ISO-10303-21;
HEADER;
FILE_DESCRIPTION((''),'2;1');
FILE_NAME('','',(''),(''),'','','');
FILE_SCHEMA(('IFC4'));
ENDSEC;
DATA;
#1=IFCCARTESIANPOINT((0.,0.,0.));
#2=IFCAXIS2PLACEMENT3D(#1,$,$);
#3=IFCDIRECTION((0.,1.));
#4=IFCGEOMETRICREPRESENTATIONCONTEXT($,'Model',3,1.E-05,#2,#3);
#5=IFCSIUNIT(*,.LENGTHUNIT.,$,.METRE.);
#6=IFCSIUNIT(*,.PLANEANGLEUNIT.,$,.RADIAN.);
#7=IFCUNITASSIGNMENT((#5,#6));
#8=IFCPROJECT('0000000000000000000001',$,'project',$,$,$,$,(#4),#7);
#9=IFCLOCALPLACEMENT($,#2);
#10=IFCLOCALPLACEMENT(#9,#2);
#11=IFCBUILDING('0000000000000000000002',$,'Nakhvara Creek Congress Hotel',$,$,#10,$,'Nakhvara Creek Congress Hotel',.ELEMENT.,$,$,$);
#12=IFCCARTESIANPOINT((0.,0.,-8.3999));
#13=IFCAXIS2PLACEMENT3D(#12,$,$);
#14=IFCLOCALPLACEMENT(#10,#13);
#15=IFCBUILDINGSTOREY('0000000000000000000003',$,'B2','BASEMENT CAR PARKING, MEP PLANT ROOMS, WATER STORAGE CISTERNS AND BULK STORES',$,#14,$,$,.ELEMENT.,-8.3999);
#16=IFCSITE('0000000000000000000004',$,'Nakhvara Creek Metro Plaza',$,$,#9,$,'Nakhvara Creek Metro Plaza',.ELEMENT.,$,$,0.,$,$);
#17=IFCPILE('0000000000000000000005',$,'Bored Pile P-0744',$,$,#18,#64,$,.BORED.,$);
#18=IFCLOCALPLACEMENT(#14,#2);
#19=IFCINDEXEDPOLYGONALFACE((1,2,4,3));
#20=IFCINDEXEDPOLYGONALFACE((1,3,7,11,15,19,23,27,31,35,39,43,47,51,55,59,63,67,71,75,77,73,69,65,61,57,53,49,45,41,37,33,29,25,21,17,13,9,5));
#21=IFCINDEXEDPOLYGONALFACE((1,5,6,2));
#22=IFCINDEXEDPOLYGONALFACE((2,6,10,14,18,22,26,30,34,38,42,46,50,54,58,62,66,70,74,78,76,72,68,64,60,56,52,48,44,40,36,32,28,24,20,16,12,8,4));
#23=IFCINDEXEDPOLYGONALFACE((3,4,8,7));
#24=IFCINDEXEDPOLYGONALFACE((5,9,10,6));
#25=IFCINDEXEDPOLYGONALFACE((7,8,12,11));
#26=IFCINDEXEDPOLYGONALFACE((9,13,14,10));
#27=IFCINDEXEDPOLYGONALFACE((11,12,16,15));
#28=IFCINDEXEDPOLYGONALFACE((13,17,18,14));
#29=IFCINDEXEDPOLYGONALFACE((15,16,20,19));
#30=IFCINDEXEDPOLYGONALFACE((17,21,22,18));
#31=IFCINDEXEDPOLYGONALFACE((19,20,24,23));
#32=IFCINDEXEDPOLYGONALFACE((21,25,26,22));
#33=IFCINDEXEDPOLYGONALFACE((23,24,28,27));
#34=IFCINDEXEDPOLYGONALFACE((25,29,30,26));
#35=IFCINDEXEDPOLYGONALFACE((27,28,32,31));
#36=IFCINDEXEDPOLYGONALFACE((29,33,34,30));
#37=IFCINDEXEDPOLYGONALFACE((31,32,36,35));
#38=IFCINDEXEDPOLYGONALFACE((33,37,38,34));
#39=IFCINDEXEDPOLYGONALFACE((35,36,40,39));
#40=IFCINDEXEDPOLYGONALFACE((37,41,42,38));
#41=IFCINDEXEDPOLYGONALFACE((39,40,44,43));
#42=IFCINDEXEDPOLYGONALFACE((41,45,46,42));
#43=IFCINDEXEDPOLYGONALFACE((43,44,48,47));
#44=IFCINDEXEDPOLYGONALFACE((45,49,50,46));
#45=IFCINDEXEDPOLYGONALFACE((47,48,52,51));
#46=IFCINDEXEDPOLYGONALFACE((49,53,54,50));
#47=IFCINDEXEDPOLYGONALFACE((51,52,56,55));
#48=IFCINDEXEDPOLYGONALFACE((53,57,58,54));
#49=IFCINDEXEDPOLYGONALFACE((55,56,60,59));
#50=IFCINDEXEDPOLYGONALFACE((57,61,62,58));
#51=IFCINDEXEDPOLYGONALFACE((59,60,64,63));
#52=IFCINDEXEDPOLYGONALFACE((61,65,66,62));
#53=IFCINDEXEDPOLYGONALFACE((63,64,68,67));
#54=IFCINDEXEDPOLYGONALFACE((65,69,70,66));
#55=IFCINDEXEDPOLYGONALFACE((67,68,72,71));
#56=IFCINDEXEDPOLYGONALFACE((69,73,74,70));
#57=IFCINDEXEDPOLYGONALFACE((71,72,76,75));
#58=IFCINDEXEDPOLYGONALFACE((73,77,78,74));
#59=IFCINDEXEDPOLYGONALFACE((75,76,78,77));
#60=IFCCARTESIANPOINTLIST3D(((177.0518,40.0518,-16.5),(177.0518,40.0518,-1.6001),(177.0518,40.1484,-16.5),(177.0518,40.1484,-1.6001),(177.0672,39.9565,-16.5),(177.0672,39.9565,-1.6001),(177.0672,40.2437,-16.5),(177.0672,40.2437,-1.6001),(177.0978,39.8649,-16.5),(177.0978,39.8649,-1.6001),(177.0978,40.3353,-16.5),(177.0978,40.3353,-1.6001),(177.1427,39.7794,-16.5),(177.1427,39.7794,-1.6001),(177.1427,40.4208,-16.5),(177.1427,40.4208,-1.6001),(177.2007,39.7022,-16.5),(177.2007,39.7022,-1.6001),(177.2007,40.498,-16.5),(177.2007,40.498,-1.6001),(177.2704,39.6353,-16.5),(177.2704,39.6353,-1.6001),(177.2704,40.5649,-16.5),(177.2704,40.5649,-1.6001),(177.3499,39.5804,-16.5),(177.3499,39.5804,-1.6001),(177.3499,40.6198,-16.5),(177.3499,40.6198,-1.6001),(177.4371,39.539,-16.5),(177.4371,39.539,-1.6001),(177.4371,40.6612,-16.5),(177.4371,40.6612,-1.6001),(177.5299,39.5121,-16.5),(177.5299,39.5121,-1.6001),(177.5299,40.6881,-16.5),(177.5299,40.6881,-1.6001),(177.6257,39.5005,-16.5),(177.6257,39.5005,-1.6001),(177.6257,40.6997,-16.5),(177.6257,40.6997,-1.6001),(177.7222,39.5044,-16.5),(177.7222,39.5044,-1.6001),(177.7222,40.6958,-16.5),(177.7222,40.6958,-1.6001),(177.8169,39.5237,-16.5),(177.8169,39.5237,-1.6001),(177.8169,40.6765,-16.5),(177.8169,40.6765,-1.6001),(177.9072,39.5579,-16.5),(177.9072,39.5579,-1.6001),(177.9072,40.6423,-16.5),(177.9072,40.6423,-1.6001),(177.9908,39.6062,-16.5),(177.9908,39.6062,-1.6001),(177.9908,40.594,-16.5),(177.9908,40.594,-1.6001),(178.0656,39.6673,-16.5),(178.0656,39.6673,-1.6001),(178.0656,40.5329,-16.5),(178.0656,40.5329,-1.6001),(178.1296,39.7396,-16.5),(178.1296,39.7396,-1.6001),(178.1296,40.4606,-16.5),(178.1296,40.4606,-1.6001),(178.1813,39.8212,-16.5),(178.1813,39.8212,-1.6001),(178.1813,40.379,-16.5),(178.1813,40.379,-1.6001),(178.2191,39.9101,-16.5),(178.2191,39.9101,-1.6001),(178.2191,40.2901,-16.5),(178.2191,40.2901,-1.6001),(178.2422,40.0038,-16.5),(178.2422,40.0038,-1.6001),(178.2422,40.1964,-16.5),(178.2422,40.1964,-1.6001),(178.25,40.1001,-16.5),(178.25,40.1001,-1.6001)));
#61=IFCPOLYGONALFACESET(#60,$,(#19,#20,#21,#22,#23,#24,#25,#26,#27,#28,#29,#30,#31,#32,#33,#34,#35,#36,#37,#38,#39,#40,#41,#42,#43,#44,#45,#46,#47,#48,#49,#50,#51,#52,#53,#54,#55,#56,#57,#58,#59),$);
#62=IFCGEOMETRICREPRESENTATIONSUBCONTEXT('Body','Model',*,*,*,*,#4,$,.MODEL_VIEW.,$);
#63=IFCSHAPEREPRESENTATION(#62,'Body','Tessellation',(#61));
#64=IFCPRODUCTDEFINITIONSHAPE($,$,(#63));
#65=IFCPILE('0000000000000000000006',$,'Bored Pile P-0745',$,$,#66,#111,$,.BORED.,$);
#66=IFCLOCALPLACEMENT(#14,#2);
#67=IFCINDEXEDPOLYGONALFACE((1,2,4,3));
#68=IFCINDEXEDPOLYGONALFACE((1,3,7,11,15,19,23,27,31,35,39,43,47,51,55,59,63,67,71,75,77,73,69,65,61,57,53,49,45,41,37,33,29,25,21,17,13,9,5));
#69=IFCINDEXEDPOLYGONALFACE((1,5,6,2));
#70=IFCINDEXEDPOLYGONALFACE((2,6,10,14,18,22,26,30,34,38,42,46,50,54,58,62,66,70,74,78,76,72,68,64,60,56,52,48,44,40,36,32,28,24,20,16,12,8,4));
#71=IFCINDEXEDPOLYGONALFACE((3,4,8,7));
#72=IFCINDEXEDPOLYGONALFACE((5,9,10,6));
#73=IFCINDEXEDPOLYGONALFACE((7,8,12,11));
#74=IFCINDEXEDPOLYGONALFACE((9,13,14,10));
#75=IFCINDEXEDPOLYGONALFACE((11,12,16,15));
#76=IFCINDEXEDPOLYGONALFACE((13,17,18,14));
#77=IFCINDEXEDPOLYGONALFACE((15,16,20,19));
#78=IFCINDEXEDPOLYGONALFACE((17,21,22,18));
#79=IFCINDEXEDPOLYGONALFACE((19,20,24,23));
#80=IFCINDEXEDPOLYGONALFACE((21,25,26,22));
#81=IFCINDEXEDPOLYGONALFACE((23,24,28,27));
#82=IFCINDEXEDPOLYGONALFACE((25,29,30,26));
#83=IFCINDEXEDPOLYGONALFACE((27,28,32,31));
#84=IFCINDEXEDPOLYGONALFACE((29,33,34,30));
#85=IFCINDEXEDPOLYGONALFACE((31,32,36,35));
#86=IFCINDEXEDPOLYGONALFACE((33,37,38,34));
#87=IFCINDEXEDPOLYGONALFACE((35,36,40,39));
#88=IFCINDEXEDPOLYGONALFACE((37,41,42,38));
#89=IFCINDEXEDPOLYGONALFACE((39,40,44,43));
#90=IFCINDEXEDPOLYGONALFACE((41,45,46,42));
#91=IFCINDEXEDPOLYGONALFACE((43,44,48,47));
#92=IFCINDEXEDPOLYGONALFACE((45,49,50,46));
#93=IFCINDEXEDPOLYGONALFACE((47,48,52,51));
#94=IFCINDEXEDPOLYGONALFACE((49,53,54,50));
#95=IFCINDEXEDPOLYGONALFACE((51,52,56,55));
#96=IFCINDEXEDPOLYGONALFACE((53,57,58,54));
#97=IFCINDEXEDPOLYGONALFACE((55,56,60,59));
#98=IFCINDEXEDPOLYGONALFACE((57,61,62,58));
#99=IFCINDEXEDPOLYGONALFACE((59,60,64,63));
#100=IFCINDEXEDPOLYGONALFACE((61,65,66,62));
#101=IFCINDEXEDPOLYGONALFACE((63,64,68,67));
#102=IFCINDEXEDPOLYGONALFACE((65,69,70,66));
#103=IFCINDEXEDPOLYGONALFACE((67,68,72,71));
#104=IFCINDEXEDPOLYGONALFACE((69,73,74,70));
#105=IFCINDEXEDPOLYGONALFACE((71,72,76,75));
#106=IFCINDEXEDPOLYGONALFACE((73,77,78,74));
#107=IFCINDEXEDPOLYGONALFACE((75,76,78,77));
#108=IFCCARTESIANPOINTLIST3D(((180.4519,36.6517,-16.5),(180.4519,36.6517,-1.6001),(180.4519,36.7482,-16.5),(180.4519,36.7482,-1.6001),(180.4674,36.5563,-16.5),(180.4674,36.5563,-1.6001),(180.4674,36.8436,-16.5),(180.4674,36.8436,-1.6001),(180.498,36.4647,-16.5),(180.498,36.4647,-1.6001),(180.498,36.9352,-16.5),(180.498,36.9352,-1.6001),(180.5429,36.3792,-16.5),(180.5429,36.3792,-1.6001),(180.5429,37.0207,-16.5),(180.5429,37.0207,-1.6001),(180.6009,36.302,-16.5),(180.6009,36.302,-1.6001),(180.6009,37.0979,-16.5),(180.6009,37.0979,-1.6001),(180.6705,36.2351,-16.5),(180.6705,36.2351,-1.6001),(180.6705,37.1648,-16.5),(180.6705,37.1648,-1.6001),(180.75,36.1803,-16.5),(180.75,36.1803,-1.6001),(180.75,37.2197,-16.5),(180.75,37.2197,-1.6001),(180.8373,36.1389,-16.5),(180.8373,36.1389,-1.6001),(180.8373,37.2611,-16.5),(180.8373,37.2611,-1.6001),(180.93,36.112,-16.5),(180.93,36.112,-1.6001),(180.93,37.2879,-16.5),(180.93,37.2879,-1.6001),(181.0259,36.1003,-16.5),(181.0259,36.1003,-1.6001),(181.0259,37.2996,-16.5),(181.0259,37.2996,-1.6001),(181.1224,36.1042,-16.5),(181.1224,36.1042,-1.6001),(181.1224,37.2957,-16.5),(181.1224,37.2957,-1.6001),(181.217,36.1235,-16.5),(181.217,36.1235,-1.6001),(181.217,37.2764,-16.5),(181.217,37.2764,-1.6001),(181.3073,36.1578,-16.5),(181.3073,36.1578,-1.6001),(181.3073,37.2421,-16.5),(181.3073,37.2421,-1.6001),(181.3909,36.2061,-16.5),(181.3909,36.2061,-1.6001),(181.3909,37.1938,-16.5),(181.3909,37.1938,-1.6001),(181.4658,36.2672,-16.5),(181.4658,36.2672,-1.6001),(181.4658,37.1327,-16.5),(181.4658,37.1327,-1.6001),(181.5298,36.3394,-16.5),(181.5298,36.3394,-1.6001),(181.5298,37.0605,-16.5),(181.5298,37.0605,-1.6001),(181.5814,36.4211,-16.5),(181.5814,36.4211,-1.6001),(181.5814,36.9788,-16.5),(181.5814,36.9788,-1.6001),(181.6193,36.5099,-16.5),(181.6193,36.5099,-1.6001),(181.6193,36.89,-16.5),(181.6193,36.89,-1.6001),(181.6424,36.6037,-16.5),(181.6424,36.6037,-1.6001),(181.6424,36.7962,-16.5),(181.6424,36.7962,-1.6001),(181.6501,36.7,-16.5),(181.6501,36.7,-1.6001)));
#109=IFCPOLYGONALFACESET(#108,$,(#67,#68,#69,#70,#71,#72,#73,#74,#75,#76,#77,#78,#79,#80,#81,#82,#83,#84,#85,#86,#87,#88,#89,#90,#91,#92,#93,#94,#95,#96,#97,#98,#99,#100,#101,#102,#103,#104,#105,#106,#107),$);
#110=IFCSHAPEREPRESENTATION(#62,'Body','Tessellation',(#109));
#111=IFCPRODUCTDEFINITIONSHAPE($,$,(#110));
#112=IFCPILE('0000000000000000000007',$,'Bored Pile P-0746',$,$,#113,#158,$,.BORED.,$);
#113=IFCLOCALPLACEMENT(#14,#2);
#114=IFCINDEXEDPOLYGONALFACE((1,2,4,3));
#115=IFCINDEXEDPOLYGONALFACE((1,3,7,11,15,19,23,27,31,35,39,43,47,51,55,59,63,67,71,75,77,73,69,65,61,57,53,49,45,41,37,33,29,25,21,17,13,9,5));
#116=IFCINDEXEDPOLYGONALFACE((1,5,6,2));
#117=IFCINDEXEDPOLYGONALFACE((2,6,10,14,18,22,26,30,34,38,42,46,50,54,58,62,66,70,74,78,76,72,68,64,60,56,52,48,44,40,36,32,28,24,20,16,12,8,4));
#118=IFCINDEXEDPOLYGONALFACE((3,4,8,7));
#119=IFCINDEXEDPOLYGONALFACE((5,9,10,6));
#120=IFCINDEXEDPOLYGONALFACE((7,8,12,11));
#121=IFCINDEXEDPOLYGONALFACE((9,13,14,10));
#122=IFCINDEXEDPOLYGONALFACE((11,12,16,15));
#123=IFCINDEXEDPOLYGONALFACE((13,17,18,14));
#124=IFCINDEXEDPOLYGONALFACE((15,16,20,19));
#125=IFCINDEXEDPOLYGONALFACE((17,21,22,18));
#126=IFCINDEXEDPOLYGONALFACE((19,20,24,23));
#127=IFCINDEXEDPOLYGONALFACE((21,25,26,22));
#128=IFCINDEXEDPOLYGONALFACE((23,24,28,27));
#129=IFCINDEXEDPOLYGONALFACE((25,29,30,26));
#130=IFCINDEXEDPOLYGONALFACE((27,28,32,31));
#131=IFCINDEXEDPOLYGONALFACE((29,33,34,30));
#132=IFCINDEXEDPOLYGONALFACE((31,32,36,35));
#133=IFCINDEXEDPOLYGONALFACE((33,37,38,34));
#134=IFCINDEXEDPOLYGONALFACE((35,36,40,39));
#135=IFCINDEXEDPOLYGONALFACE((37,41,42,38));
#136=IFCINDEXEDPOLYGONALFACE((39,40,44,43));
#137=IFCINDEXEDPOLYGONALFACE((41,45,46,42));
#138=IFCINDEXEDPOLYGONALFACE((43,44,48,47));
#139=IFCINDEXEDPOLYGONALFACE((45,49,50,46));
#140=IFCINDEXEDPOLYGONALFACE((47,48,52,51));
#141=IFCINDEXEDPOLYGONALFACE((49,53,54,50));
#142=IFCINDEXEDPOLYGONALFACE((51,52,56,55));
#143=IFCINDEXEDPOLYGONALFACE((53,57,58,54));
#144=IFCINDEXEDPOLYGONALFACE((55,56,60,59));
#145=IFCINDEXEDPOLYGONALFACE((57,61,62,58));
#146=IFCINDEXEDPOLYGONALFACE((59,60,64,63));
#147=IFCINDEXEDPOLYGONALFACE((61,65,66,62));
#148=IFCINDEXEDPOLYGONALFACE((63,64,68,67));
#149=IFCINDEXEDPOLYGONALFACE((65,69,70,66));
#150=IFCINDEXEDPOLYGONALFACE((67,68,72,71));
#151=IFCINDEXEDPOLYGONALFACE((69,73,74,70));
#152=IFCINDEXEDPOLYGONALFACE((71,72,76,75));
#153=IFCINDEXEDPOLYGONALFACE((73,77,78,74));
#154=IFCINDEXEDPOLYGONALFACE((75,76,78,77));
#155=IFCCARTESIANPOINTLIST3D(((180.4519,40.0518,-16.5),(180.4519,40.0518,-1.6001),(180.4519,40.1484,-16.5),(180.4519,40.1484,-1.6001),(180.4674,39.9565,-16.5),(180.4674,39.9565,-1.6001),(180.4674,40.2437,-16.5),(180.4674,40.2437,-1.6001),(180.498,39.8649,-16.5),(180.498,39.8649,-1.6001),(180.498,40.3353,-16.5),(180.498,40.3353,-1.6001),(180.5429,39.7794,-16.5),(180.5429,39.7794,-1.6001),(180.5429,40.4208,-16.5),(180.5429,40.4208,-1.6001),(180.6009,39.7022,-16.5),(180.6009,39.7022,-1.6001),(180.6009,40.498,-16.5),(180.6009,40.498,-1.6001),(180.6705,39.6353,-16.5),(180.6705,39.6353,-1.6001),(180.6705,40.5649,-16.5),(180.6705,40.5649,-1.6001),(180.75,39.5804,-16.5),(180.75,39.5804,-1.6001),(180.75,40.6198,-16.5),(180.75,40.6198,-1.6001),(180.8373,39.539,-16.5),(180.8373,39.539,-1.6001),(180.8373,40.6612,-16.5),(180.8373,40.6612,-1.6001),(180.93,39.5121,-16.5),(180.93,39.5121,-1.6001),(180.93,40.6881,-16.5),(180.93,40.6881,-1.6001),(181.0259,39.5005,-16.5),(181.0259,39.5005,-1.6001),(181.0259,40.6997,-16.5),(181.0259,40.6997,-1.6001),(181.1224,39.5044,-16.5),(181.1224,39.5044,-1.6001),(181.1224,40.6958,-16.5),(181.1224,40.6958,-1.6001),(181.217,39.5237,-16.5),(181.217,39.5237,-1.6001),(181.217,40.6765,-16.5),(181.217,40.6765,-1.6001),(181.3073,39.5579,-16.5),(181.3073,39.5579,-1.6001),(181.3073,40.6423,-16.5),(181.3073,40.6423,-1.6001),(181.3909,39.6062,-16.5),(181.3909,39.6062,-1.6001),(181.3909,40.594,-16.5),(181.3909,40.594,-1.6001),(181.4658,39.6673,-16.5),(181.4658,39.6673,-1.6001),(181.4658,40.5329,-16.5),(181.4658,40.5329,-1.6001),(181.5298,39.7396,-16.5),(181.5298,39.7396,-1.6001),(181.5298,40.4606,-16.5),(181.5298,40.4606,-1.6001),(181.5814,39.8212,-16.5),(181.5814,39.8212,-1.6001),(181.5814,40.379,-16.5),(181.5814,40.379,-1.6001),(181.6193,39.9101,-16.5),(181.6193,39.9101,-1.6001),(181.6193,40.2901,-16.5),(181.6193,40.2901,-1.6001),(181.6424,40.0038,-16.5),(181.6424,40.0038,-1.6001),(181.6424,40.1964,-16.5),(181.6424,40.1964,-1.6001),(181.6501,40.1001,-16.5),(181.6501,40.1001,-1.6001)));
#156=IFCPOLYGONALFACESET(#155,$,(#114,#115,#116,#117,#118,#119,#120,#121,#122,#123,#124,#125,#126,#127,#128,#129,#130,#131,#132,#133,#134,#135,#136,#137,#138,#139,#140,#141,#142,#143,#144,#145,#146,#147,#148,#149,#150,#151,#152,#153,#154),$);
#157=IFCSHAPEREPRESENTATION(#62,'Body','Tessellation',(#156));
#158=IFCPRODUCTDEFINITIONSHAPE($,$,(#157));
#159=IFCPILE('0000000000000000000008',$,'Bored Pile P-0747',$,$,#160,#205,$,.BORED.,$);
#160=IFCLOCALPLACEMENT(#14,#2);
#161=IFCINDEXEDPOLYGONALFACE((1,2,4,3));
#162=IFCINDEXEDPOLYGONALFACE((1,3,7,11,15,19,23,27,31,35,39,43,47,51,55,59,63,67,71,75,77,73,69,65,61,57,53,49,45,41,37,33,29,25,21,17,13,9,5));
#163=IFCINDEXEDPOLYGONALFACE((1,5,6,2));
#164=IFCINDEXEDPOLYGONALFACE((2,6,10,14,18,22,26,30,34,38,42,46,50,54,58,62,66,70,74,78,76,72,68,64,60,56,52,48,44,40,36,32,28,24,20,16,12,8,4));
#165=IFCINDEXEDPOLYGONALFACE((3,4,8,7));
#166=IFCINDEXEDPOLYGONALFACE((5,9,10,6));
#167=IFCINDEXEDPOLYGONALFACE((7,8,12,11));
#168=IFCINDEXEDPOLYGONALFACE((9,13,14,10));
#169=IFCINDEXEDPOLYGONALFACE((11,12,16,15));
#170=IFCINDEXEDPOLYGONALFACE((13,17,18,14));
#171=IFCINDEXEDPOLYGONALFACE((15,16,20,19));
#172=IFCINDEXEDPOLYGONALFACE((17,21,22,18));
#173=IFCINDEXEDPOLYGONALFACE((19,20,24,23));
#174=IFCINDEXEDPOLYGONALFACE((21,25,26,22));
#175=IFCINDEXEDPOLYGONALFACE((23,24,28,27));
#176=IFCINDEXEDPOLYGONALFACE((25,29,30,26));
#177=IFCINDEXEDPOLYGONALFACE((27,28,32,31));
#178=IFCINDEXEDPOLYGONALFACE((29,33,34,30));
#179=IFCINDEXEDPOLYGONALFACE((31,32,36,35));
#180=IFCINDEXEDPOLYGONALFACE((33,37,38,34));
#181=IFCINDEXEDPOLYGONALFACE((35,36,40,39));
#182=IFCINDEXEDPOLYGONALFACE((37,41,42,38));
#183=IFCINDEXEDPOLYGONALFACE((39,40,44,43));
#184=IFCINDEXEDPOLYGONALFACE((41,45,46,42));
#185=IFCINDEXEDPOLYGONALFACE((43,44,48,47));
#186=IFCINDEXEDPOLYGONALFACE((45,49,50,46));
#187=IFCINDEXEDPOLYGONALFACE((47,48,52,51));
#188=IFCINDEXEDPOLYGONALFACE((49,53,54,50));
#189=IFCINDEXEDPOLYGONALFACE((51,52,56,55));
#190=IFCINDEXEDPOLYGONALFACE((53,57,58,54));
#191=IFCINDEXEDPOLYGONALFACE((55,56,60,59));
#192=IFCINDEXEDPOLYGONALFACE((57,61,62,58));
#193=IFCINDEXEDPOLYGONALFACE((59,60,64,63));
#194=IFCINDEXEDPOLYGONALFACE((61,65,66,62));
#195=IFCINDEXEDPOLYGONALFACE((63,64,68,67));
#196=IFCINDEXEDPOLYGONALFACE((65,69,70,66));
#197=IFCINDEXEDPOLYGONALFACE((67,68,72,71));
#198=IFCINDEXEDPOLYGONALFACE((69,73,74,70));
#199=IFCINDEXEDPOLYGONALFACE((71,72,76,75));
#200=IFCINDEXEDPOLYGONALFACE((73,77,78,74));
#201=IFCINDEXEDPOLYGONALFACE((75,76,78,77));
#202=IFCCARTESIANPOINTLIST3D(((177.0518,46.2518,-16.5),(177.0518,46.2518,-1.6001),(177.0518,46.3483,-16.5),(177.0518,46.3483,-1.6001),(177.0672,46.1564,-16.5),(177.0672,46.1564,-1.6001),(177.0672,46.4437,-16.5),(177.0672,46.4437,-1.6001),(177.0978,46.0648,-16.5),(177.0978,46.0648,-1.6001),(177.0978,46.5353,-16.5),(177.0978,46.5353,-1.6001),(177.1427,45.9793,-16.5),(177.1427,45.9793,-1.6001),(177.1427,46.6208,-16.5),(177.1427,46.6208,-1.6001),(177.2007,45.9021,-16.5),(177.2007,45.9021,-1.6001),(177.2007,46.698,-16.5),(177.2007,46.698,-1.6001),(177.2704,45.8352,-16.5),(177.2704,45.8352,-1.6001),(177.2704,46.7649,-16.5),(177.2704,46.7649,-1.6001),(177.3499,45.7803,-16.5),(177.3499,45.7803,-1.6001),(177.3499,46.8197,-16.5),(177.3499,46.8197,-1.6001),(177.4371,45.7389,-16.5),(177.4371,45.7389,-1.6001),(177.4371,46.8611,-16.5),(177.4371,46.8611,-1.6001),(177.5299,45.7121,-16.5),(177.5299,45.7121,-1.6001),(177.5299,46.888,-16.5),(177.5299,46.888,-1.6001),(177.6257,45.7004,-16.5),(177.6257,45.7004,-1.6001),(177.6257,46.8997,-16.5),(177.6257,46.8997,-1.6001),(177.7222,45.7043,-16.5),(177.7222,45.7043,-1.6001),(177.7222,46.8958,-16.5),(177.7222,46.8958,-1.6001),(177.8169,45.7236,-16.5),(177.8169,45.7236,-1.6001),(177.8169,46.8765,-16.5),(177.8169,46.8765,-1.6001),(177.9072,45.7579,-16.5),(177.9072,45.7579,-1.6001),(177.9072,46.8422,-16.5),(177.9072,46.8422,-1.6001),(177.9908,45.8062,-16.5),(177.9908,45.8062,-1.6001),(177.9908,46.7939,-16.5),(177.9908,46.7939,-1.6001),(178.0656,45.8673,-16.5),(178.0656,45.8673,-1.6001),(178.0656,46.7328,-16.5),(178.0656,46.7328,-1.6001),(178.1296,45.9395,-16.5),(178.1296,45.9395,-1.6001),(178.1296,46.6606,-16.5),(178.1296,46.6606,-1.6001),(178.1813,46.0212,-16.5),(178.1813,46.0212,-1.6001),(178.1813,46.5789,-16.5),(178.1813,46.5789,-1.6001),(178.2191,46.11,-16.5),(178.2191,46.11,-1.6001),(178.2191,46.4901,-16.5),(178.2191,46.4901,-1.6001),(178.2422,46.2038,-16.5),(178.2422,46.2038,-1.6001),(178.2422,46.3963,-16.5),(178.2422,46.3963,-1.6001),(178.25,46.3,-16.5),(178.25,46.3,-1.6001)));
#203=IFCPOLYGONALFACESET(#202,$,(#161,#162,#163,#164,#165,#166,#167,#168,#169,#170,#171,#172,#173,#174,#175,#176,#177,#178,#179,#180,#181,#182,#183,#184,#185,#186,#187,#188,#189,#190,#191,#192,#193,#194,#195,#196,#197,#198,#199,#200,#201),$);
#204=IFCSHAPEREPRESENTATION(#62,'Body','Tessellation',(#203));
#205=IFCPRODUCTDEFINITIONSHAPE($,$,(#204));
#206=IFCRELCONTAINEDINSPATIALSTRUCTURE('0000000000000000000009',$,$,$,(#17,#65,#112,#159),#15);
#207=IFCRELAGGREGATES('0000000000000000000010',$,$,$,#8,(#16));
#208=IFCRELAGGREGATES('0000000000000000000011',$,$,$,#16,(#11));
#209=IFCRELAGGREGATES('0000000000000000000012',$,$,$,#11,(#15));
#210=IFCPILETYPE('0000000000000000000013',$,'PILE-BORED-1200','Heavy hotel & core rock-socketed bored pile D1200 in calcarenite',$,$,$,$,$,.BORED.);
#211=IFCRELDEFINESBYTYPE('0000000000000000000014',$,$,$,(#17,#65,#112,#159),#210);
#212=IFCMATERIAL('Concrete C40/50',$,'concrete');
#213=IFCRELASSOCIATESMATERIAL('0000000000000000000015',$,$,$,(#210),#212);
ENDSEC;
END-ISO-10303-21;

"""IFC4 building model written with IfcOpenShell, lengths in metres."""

from ifc_helpers import new_model, si_unit, direction, frame, origin, origin_2d, place, context, subcontext, project, spatial, circle, extrude, material, material_profile, profile_set, type_object, element, save


model = new_model("IFC4")

# Units and contexts
model_context = context("Model", 3, precision=1e-05, world=origin(), true_north=direction((0.0, 1.0)))
body_context = subcontext(model_context, "Body", "Model", "MODEL_VIEW")
ifc_project = project(units=[si_unit("LENGTHUNIT", "METRE"), si_unit("PLANEANGLEUNIT", "RADIAN")], contexts=[model_context])

# Site, building, storey
site_placement = place(None, origin())
site = spatial("IfcSite", under=ifc_project, at=site_placement, Name="Nakhvara Creek Metro Plaza", LongName="Nakhvara Creek Metro Plaza", CompositionType="ELEMENT", RefElevation=0.0)
building_placement = place(site_placement, origin())
building = spatial("IfcBuilding", under=site, at=building_placement, Name="Nakhvara Creek Congress Hotel", LongName="Nakhvara Creek Congress Hotel", CompositionType="ELEMENT")
storey_placement = place(building_placement, frame((0.0, 0.0, -8.3999)))
storey = spatial("IfcBuildingStorey", under=building, at=storey_placement, Name="B2", Description="BASEMENT CAR PARKING, MEP PLANT ROOMS, WATER STORAGE CISTERNS AND BULK STORES", CompositionType="ELEMENT", Elevation=-8.3999)

# Shared definitions
ifc_material_1 = material(Name="Concrete C40/50", Category="concrete")

# Piles
ifc_material_profile_1 = material_profile(ifc_material_1, circle(Radius=0.6001, at=origin_2d()), Name="BORED PILE D1200", Category="LoadBearing")
ifc_profile_set_1 = profile_set([ifc_material_profile_1], Name="Concrete C40/50")
pile_type = type_object("IfcPileType", Name="PILE-BORED-1200", Description="Heavy hotel & core rock-socketed bored pile D1200 in calcarenite", PredefinedType="BORED", material=ifc_profile_set_1)
for number, where, z_axis, x_axis, name in (
    (1, (177.6499, 40.1001, -1.6001), (0.0, 0.0, -1.0), (1.0, 0.0, 0.0), "Bored Pile P-0744"),
    (2, (181.05, 36.7, -1.6001), (0.0, 0.0, -1.0), (1.0, 0.0, 0.0), "Bored Pile P-0745"),
    (3, (181.05, 40.1001, -1.6001), (0.0, 0.0, -1.0), (1.0, 0.0, 0.0), "Bored Pile P-0746"),
    (4, (177.6499, 46.3, -1.6001), (0.0, 0.0, -1.0), (1.0, 0.0, 0.0), "Bored Pile P-0747"),
):
    element("IfcPile", number, at=place(storey_placement, frame(where, z_axis=z_axis, x_axis=x_axis)), inside=storey, type_object=pile_type, Name=name, PredefinedType="BORED", context=body_context, shape_type="SweptSolid", body=[
        extrude(circle(Radius=0.6001, at=origin_2d()), origin(), (0.0, 0.0, 1.0), 14.8999),
    ])

save(model, "model.ifc")
